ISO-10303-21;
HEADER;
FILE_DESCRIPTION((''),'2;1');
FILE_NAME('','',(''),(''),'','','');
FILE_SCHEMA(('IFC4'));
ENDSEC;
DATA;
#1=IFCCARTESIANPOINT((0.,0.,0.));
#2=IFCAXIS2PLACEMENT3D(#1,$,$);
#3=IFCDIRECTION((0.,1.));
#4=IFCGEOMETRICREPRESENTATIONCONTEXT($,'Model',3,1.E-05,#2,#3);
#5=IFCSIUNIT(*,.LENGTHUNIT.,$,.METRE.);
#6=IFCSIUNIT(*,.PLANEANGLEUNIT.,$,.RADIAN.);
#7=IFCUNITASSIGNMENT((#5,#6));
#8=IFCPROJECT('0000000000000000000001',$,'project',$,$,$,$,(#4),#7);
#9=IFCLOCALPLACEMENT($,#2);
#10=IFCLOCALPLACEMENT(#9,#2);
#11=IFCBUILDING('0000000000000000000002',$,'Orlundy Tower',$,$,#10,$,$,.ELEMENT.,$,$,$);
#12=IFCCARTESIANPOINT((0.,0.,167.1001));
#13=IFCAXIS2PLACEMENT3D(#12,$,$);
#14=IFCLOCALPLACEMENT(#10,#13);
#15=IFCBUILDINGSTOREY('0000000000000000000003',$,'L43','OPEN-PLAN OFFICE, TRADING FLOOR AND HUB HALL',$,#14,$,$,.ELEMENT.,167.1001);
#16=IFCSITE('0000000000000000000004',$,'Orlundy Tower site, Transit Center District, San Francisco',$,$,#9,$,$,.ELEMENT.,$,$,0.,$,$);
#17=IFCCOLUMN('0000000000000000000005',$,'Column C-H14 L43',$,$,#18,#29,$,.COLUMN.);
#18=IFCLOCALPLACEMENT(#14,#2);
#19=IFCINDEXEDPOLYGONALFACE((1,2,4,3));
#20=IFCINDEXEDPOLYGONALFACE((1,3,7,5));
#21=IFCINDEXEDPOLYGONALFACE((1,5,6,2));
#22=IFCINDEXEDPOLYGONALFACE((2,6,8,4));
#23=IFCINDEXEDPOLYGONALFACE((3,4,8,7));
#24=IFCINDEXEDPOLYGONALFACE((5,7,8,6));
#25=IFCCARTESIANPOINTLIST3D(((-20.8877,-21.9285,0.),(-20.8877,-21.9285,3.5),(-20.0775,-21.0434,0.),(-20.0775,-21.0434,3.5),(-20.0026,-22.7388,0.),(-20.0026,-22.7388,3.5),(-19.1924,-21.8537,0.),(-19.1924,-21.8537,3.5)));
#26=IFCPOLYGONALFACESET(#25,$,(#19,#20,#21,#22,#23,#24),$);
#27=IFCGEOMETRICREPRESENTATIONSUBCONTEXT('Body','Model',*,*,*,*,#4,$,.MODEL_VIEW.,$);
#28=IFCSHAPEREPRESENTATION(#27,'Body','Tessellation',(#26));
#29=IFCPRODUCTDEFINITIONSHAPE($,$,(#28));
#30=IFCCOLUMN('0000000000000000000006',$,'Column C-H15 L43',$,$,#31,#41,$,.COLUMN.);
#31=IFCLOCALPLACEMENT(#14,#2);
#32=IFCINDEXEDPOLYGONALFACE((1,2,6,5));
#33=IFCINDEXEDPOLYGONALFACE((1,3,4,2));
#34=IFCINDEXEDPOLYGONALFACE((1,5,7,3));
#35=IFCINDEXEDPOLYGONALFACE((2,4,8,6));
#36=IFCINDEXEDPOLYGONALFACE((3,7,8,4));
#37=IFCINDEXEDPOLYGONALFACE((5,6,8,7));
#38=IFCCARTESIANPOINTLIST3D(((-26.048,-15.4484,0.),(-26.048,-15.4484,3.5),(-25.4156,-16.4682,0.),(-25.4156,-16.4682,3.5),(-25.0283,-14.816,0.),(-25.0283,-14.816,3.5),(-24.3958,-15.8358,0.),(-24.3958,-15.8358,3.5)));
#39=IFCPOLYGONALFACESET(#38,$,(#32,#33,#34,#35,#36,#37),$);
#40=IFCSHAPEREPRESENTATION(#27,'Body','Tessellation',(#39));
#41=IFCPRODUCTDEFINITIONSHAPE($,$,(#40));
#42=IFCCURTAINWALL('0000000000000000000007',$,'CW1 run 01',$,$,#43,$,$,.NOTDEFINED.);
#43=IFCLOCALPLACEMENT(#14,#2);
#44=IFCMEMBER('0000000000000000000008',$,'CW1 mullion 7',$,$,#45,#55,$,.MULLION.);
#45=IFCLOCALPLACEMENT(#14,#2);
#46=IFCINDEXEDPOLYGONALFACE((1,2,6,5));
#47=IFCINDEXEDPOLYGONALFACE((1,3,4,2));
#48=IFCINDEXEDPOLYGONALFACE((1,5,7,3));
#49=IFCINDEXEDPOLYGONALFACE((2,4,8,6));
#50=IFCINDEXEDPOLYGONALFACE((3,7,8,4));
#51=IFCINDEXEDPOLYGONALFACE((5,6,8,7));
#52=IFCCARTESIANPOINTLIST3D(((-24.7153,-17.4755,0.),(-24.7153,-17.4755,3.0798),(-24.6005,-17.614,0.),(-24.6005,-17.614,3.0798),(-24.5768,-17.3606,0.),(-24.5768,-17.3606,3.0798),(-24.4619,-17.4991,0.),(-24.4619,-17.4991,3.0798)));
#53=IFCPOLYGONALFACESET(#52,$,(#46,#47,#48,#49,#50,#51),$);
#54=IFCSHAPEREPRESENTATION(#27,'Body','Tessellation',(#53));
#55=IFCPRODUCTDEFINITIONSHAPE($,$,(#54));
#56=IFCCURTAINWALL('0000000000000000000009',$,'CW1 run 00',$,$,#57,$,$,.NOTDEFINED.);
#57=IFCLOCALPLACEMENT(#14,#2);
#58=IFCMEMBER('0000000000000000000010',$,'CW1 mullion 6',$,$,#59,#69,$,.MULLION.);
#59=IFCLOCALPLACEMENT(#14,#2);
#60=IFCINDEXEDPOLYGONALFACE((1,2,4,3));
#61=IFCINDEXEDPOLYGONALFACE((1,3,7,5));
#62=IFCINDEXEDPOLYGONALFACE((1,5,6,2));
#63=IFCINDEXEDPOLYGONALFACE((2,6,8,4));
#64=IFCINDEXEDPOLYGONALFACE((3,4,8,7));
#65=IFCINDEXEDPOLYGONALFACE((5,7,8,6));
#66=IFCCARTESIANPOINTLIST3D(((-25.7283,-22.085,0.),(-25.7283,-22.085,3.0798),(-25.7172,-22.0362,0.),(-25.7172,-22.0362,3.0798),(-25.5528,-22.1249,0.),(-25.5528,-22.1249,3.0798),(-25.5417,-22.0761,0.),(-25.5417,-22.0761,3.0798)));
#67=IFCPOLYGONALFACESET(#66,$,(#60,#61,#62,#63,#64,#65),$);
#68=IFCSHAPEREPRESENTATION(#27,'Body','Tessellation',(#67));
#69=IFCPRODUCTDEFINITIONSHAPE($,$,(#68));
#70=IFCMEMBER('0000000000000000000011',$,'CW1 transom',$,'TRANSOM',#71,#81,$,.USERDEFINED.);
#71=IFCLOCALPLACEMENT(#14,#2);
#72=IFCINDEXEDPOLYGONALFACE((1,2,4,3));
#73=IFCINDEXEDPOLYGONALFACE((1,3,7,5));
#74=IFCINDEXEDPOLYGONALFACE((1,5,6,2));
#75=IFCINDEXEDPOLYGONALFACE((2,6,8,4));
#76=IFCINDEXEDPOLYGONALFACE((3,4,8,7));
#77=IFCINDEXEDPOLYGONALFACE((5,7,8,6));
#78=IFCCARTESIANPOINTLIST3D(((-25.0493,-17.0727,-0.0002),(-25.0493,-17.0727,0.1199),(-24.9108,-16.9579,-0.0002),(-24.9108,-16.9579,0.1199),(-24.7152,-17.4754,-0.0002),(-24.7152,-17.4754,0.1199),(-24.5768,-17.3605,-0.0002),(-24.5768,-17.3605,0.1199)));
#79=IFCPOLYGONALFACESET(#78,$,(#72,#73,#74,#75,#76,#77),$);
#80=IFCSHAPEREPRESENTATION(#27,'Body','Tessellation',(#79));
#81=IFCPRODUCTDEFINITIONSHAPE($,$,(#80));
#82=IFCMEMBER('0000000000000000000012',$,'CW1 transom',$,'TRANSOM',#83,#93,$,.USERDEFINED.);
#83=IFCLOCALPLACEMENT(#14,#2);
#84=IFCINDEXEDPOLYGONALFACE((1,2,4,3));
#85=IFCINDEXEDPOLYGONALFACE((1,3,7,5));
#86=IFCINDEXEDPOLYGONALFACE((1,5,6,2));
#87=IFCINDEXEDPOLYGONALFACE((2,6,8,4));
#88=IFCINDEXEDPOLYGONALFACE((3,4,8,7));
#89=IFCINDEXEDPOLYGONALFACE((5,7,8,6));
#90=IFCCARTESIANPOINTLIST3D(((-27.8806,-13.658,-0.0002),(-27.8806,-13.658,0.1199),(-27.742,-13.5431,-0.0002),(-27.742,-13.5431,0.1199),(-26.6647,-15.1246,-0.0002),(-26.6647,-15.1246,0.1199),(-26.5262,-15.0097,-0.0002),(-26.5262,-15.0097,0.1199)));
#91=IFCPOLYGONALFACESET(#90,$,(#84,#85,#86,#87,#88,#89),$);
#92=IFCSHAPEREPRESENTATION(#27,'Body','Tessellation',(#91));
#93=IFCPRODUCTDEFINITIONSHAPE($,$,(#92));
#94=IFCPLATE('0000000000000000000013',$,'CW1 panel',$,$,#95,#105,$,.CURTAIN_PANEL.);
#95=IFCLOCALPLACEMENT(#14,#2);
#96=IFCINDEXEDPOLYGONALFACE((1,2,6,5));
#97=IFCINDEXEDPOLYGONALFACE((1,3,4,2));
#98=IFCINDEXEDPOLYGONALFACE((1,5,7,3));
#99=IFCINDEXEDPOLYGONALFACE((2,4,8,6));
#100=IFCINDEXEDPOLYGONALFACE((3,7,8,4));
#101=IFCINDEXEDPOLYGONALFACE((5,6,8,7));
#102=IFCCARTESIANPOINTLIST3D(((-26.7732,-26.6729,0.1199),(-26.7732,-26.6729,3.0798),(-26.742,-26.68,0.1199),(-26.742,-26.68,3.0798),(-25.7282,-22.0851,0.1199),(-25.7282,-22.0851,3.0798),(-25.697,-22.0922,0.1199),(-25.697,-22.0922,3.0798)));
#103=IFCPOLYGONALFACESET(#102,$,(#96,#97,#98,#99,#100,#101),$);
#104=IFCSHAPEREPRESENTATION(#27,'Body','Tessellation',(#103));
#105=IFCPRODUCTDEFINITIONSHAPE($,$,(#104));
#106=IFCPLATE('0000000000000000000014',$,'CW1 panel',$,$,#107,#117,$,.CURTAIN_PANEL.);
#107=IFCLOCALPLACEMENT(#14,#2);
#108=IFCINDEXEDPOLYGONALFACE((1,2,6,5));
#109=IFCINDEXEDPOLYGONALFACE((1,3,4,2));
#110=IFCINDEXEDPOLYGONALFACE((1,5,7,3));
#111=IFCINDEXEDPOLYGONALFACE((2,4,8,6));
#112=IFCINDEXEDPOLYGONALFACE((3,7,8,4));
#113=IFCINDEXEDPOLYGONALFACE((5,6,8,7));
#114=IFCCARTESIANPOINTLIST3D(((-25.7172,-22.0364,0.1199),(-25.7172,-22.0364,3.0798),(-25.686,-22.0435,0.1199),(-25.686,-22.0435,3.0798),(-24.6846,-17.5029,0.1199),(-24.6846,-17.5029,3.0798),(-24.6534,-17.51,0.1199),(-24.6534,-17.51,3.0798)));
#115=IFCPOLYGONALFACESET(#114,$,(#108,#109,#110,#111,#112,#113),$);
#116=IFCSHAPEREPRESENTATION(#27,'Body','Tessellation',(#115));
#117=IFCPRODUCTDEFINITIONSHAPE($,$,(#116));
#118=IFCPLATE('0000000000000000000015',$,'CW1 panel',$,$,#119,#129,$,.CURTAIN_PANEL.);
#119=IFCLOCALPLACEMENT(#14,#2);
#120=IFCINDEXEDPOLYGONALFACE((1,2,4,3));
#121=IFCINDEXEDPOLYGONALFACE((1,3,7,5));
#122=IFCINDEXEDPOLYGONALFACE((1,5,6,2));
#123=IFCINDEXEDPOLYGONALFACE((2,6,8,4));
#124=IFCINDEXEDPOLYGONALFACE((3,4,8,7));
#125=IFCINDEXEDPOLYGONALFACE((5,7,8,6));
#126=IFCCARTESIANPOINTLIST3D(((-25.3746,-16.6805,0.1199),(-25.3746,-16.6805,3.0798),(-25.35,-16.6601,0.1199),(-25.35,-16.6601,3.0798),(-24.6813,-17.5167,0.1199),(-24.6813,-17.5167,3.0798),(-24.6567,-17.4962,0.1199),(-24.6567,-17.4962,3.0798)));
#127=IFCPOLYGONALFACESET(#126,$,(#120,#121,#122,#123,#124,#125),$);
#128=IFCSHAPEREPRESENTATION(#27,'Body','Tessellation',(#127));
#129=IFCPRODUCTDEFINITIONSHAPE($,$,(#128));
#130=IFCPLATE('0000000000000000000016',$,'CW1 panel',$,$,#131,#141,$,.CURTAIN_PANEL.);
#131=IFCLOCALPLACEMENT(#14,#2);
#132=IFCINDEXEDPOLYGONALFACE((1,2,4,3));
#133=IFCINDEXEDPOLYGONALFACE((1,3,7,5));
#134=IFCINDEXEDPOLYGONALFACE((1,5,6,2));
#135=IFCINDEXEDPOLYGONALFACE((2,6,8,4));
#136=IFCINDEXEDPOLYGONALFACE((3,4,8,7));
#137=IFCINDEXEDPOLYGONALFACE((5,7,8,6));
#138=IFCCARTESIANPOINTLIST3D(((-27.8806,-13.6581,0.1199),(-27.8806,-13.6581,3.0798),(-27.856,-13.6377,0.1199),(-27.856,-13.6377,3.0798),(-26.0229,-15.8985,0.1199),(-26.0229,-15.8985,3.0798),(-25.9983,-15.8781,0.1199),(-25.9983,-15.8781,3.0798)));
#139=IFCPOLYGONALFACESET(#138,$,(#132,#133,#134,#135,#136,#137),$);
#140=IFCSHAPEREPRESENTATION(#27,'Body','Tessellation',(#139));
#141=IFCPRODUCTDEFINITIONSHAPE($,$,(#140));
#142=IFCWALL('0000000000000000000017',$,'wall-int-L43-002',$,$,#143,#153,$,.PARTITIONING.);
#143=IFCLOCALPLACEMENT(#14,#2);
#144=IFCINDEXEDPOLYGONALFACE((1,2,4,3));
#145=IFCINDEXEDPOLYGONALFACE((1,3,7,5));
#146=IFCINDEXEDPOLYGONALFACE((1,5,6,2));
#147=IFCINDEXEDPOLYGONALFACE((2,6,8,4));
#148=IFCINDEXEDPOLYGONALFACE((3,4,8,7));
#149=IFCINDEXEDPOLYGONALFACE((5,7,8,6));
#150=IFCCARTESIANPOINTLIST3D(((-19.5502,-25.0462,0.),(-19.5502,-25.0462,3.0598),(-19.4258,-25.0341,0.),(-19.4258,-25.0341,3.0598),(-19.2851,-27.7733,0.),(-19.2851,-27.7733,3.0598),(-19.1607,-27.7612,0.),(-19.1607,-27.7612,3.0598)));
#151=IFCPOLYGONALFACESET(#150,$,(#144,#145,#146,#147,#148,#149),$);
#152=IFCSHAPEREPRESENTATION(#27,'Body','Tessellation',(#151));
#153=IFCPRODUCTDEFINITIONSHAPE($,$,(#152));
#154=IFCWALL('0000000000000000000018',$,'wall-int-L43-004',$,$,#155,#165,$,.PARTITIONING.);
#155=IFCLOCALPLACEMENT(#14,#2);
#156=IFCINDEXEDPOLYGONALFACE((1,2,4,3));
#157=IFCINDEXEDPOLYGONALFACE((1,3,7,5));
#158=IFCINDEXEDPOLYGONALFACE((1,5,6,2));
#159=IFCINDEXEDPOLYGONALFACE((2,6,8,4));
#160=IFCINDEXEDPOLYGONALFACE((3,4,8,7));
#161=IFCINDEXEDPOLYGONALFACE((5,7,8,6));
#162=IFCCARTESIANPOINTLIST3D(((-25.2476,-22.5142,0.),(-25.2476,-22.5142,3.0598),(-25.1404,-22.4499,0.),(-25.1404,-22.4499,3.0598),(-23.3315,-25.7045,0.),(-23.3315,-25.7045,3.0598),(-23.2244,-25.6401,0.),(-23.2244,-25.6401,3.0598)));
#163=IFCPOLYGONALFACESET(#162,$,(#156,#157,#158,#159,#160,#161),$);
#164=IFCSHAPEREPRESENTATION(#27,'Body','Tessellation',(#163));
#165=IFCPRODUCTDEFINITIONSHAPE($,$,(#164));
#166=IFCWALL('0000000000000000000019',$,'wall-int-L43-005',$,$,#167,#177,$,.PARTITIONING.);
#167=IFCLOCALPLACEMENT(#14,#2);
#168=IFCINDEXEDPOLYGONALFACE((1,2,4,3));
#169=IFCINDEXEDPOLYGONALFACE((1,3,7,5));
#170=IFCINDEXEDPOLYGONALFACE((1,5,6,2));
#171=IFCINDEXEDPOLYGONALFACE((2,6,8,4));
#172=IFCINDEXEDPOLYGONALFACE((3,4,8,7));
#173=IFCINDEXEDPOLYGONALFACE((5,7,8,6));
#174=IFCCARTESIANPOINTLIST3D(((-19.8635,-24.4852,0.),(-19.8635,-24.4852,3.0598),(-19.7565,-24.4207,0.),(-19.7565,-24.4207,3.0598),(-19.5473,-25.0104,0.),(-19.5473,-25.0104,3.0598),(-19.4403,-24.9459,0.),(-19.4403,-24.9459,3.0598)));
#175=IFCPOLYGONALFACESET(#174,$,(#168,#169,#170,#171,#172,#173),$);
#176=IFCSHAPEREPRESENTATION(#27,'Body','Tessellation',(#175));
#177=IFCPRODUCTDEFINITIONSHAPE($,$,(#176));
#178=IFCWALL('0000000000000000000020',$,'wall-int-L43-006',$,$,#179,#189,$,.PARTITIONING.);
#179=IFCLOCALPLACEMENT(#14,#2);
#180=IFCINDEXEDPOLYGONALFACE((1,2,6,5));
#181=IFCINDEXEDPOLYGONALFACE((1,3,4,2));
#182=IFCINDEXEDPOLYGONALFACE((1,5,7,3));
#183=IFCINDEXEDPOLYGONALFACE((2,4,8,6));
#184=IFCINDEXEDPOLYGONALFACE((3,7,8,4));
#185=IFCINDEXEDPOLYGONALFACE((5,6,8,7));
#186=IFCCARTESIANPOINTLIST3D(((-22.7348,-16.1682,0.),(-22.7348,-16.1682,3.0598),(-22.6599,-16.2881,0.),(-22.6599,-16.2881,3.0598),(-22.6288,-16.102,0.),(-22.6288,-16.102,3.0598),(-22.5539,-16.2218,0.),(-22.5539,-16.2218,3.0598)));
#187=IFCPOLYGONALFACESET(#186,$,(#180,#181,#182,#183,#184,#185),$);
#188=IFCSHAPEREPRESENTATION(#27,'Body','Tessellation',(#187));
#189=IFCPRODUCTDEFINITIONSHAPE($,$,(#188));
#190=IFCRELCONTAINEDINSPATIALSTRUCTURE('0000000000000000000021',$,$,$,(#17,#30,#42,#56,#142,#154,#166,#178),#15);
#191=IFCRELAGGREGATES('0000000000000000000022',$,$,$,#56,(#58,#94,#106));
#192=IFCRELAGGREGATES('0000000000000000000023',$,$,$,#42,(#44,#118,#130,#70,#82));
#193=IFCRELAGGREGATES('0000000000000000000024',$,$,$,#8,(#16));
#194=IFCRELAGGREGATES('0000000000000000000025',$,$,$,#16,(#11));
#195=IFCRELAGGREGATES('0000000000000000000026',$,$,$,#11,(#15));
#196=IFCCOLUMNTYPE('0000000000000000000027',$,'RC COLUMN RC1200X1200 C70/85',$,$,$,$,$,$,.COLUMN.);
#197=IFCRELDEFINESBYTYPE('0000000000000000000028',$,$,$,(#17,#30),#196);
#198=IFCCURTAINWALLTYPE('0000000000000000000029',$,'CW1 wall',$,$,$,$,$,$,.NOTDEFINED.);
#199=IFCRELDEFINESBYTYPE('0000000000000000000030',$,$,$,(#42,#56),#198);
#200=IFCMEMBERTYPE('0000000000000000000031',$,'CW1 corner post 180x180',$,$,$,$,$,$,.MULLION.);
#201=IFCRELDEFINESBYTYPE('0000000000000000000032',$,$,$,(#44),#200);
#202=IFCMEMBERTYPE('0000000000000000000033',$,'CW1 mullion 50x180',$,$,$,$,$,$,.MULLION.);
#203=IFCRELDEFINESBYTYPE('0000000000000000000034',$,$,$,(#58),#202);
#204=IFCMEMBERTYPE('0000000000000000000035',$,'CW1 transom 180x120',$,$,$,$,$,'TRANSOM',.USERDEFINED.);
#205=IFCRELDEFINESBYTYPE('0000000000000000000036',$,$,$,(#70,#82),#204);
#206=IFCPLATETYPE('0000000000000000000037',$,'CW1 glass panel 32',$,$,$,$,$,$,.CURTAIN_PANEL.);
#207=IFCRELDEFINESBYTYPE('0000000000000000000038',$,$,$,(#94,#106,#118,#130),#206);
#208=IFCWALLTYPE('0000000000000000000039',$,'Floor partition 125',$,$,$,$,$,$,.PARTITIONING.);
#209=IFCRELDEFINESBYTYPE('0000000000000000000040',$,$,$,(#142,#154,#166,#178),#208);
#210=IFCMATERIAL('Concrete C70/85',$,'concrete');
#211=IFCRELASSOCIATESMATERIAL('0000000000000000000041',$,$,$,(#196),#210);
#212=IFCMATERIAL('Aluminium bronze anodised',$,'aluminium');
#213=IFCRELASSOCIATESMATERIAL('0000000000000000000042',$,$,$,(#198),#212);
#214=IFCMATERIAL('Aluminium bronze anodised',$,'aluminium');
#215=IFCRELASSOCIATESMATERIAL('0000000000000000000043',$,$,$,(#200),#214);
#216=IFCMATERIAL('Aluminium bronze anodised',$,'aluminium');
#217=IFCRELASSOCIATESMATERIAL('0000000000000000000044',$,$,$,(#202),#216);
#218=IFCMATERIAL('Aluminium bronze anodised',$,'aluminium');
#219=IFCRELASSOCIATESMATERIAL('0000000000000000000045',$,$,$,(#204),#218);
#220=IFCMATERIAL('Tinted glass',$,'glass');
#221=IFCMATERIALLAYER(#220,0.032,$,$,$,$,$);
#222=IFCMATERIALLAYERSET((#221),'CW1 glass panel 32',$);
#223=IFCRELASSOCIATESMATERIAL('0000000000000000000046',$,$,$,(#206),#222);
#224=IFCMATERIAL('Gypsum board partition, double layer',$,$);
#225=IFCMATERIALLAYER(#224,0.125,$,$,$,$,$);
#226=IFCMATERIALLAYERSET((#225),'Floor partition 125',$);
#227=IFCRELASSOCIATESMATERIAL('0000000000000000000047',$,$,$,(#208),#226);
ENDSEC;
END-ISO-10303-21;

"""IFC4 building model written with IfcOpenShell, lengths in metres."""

from ifc_helpers import new_model, si_unit, direction, frame, frame_2d, origin, origin_2d, place, context, subcontext, project, spatial, rectangle, extrude, material, layer, layer_set, material_profile, profile_set, type_object, element, aggregate, save


model = new_model("IFC4")

# Units and contexts
model_context = context("Model", 3, precision=1e-05, world=origin(), true_north=direction((0.0, 1.0)))
body_context = subcontext(model_context, "Body", "Model", "MODEL_VIEW")
ifc_project = project(units=[si_unit("LENGTHUNIT", "METRE"), si_unit("PLANEANGLEUNIT", "RADIAN")], contexts=[model_context])

# Site, building, storey
site_placement = place(None, origin())
site = spatial("IfcSite", under=ifc_project, at=site_placement, Name="Orlundy Tower site, Transit Center District, San Francisco", CompositionType="ELEMENT", RefElevation=0.0)
building_placement = place(site_placement, origin())
building = spatial("IfcBuilding", under=site, at=building_placement, Name="Orlundy Tower", CompositionType="ELEMENT")
storey_placement = place(building_placement, frame((0.0, 0.0, 167.1001)))
storey = spatial("IfcBuildingStorey", under=building, at=storey_placement, Name="L43", Description="OPEN-PLAN OFFICE, TRADING FLOOR AND HUB HALL", CompositionType="ELEMENT", Elevation=167.1001)

# Columns
ifc_material_1 = material(Name="Concrete C70/85", Category="concrete")
ifc_material_profile_1 = material_profile(ifc_material_1, rectangle(XDim=1.2, YDim=1.2, at=origin_2d()), Name="RC1200X1200")
ifc_profile_set_1 = profile_set([ifc_material_profile_1], Name="Concrete C70/85")
column_type = type_object("IfcColumnType", Name="RC COLUMN RC1200X1200 C70/85", PredefinedType="COLUMN", material=ifc_profile_set_1)
for number, where, z_axis, x_axis, name in (
    (1, (-20.04, -21.8911, 0.0), (0.0, 0.0, 1.0), (-0.67523, -0.737607, 0.0), "Column C-H14 L43"),
    (2, (-25.2219, -15.6421, 0.0), (0.0, 0.0, 1.0), (-0.849838, -0.527045, 0.0), "Column C-H15 L43"),
):
    element("IfcColumn", number, at=place(storey_placement, frame(where, z_axis=z_axis, x_axis=x_axis)), inside=storey, type_object=column_type, Name=name, PredefinedType="COLUMN", context=body_context, shape_type="SweptSolid", body=[
        extrude(rectangle(XDim=1.2, YDim=1.2, at=origin_2d()), origin(), (0.0, 0.0, 1.0), 3.5),
    ])

# Curtain walls, members
ifc_material_2 = material(Name="Aluminium bronze anodised", Category="aluminium")
curtain_wall_type = type_object("IfcCurtainWallType", Name="CW1 wall", PredefinedType="NOTDEFINED", material=ifc_material_2)
curtain_wall_1_placement = place(storey_placement, origin())
curtain_wall_1 = element("IfcCurtainWall", 3, at=curtain_wall_1_placement, inside=storey, type_object=curtain_wall_type, Name="CW1 run 01", PredefinedType="NOTDEFINED")
ifc_material_3 = material(Name="Aluminium bronze anodised", Category="aluminium")
ifc_material_profile_2 = material_profile(ifc_material_3, rectangle(XDim=0.1799, YDim=0.1799, at=origin_2d()), Name="CW1 corner post 180x180")
ifc_profile_set_2 = profile_set([ifc_material_profile_2], Name="Aluminium bronze anodised")
member_type_1 = type_object("IfcMemberType", Name="CW1 corner post 180x180", PredefinedType="MULLION", material=ifc_profile_set_2)
member_1_placement = place(storey_placement, frame((-24.5886, -17.4873, 0.0), z_axis=(0.0, 0.0, 1.0), x_axis=(-0.769788, -0.638299, 0.0)))
member_1 = element("IfcMember", 4, at=member_1_placement, type_object=member_type_1, Name="CW1 mullion 7", PredefinedType="MULLION", context=body_context, shape_type="SweptSolid", body=[
    extrude(rectangle(XDim=0.1799, YDim=0.1799, at=origin_2d()), origin(), (0.0, 0.0, 1.0), 3.0798),
])
curtain_wall_2_placement = place(storey_placement, origin())
curtain_wall_2 = element("IfcCurtainWall", 5, at=curtain_wall_2_placement, inside=storey, type_object=curtain_wall_type, Name="CW1 run 00", PredefinedType="NOTDEFINED")
ifc_material_4 = material(Name="Aluminium bronze anodised", Category="aluminium")
ifc_material_profile_3 = material_profile(ifc_material_4, rectangle(XDim=0.1799, YDim=0.05, at=origin_2d()), Name="CW1 mullion 50x180")
ifc_profile_set_3 = profile_set([ifc_material_profile_3], Name="Aluminium bronze anodised")
member_type_2 = type_object("IfcMemberType", Name="CW1 mullion 50x180", PredefinedType="MULLION", material=ifc_profile_set_3)
member_2_placement = place(storey_placement, frame((-25.635, -22.0806, 0.0), z_axis=(0.0, 0.0, 1.0), x_axis=(-0.975025, 0.222097, 0.0)))
member_2 = element("IfcMember", 6, at=member_2_placement, type_object=member_type_2, Name="CW1 mullion 6", PredefinedType="MULLION", context=body_context, shape_type="SweptSolid", body=[
    extrude(rectangle(XDim=0.1799, YDim=0.05, at=origin_2d()), origin(), (0.0, 0.0, 1.0), 3.0798),
])

# Members
ifc_material_5 = material(Name="Aluminium bronze anodised", Category="aluminium")
ifc_material_profile_4 = material_profile(ifc_material_5, rectangle(XDim=0.1799, YDim=0.1201, at=origin_2d()), Name="CW1 transom 180x120")
ifc_profile_set_4 = profile_set([ifc_material_profile_4], Name="Aluminium bronze anodised")
member_type_3 = type_object("IfcMemberType", Name="CW1 transom 180x120", ElementType="TRANSOM", PredefinedType="USERDEFINED", material=ifc_profile_set_4)
member_3_placement = place(storey_placement, frame((-24.646, -17.418, 0.0598), z_axis=(-0.638484, 0.769635, 0.0), x_axis=(-0.769635, -0.638484, 0.0)))
member_3 = element("IfcMember", 7, at=member_3_placement, type_object=member_type_3, Name="CW1 transom", ObjectType="TRANSOM", PredefinedType="USERDEFINED", context=body_context, shape_type="SweptSolid", body=[
    extrude(rectangle(XDim=0.1799, YDim=0.1201, at=origin_2d()), origin(), (0.0, 0.0, 1.0), 0.5232),
])
member_4_placement = place(storey_placement, frame((-26.5955, -15.0671, 0.0598), z_axis=(-0.638228, 0.769847, 0.0), x_axis=(-0.769847, -0.638228, 0.0)))
member_4 = element("IfcMember", 8, at=member_4_placement, type_object=member_type_3, Name="CW1 transom", ObjectType="TRANSOM", PredefinedType="USERDEFINED", context=body_context, shape_type="SweptSolid", body=[
    extrude(rectangle(XDim=0.1799, YDim=0.1201, at=origin_2d()), origin(), (0.0, 0.0, 1.0), 1.905),
])

# Plates
ifc_material_6 = material(Name="Tinted glass", Category="glass")
ifc_layer_1 = layer(ifc_material_6, 0.032)
ifc_layer_set_1 = layer_set([ifc_layer_1], Name="CW1 glass panel 32")
plate_type = type_object("IfcPlateType", Name="CW1 glass panel 32", PredefinedType="CURTAIN_PANEL", material=ifc_layer_set_1)
plate_1_placement = place(storey_placement, frame((-26.2351, -24.3826, 0.1199), z_axis=(0.0, 0.0, 1.0), x_axis=(0.222097, 0.975025, 0.0)))
plate_1 = element("IfcPlate", 9, at=plate_1_placement, type_object=plate_type, Name="CW1 panel", PredefinedType="CURTAIN_PANEL", context=body_context, shape_type="SweptSolid", body=[
    extrude(rectangle(XDim=4.7053, YDim=0.032, at=origin_2d()), origin(), (0.0, 0.0, 1.0), 2.96),
])
plate_2_placement = place(storey_placement, frame((-25.1853, -19.7732, 0.1199), z_axis=(0.0, 0.0, 1.0), x_axis=(0.222097, 0.975025, 0.0)))
plate_2 = element("IfcPlate", 10, at=plate_2_placement, type_object=plate_type, Name="CW1 panel", PredefinedType="CURTAIN_PANEL", context=body_context, shape_type="SweptSolid", body=[
    extrude(rectangle(XDim=4.6497, YDim=0.032, at=origin_2d()), origin(), (0.0, 0.0, 1.0), 2.96),
])
aggregate(curtain_wall_2, [member_2, plate_1, plate_2])
plate_3_placement = place(storey_placement, frame((-25.0156, -17.0884, 0.1199), z_axis=(0.0, 0.0, 1.0), x_axis=(-0.638299, 0.769788, 0.0)))
plate_3 = element("IfcPlate", 11, at=plate_3_placement, type_object=plate_type, Name="CW1 panel", PredefinedType="CURTAIN_PANEL", context=body_context, shape_type="SweptSolid", body=[
    extrude(rectangle(XDim=1.0862, YDim=0.032, at=origin_2d()), origin(), (0.0, 0.0, 1.0), 2.96),
])
plate_4_placement = place(storey_placement, frame((-26.9395, -14.7681, 0.1199), z_axis=(0.0, 0.0, 1.0), x_axis=(-0.638299, 0.769788, 0.0)))
plate_4 = element("IfcPlate", 12, at=plate_4_placement, type_object=plate_type, Name="CW1 panel", PredefinedType="CURTAIN_PANEL", context=body_context, shape_type="SweptSolid", body=[
    extrude(rectangle(XDim=2.9104, YDim=0.032, at=origin_2d()), origin(), (0.0, 0.0, 1.0), 2.96),
])
aggregate(curtain_wall_1, [member_1, plate_3, plate_4, member_3, member_4])

# Walls
ifc_material_7 = material(Name="Gypsum board partition, double layer")
ifc_layer_2 = layer(ifc_material_7, 0.125)
ifc_layer_set_2 = layer_set([ifc_layer_2], Name="Floor partition 125")
wall_type = type_object("IfcWallType", Name="Floor partition 125", PredefinedType="PARTITIONING", material=ifc_layer_set_2)
wall_1_placement = place(storey_placement, frame((-19.488, -25.04, 0.0), z_axis=(0.0, 0.0, 1.0), x_axis=(0.096768, -0.995307, 0.0)))
element("IfcWall", 13, at=wall_1_placement, inside=storey, type_object=wall_type, Name="wall-int-L43-002", PredefinedType="PARTITIONING", context=body_context, shape_type="SweptSolid", body=[
    extrude(rectangle(XDim=2.74, YDim=0.125, at=frame_2d((1.3701, 0.0))), origin(), (0.0, 0.0, 1.0), 3.0598),
])
wall_2_placement = place(storey_placement, frame((-25.1941, -22.4819, 0.0), z_axis=(0.0, 0.0, 1.0), x_axis=(0.514872, -0.857267, 0.0)))
element("IfcWall", 14, at=wall_2_placement, inside=storey, type_object=wall_type, Name="wall-int-L43-004", PredefinedType="PARTITIONING", context=body_context, shape_type="SweptSolid", body=[
    extrude(rectangle(XDim=3.7214, YDim=0.125, at=frame_2d((1.8608, 0.0))), origin(), (0.0, 0.0, 1.0), 3.0598),
])
wall_3_placement = place(storey_placement, frame((-19.8101, -24.4529, 0.0), z_axis=(0.0, 0.0, 1.0), x_axis=(0.515784, -0.856719, 0.0)))
element("IfcWall", 15, at=wall_3_placement, inside=storey, type_object=wall_type, Name="wall-int-L43-005", PredefinedType="PARTITIONING", context=body_context, shape_type="SweptSolid", body=[
    extrude(rectangle(XDim=0.613, YDim=0.125, at=frame_2d((0.3066, 0.0))), origin(), (0.0, 0.0, 1.0), 3.0598),
])
wall_4_placement = place(storey_placement, frame((-22.6819, -16.135, 0.0), z_axis=(0.0, 0.0, 1.0), x_axis=(0.530154, -0.847901, 0.0)))
element("IfcWall", 16, at=wall_4_placement, inside=storey, type_object=wall_type, Name="wall-int-L43-006", PredefinedType="PARTITIONING", context=body_context, shape_type="SweptSolid", body=[
    extrude(rectangle(XDim=0.1414, YDim=0.125, at=frame_2d((0.0708, 0.0))), origin(), (0.0, 0.0, 1.0), 3.0598),
])

save(model, "model.ifc")
